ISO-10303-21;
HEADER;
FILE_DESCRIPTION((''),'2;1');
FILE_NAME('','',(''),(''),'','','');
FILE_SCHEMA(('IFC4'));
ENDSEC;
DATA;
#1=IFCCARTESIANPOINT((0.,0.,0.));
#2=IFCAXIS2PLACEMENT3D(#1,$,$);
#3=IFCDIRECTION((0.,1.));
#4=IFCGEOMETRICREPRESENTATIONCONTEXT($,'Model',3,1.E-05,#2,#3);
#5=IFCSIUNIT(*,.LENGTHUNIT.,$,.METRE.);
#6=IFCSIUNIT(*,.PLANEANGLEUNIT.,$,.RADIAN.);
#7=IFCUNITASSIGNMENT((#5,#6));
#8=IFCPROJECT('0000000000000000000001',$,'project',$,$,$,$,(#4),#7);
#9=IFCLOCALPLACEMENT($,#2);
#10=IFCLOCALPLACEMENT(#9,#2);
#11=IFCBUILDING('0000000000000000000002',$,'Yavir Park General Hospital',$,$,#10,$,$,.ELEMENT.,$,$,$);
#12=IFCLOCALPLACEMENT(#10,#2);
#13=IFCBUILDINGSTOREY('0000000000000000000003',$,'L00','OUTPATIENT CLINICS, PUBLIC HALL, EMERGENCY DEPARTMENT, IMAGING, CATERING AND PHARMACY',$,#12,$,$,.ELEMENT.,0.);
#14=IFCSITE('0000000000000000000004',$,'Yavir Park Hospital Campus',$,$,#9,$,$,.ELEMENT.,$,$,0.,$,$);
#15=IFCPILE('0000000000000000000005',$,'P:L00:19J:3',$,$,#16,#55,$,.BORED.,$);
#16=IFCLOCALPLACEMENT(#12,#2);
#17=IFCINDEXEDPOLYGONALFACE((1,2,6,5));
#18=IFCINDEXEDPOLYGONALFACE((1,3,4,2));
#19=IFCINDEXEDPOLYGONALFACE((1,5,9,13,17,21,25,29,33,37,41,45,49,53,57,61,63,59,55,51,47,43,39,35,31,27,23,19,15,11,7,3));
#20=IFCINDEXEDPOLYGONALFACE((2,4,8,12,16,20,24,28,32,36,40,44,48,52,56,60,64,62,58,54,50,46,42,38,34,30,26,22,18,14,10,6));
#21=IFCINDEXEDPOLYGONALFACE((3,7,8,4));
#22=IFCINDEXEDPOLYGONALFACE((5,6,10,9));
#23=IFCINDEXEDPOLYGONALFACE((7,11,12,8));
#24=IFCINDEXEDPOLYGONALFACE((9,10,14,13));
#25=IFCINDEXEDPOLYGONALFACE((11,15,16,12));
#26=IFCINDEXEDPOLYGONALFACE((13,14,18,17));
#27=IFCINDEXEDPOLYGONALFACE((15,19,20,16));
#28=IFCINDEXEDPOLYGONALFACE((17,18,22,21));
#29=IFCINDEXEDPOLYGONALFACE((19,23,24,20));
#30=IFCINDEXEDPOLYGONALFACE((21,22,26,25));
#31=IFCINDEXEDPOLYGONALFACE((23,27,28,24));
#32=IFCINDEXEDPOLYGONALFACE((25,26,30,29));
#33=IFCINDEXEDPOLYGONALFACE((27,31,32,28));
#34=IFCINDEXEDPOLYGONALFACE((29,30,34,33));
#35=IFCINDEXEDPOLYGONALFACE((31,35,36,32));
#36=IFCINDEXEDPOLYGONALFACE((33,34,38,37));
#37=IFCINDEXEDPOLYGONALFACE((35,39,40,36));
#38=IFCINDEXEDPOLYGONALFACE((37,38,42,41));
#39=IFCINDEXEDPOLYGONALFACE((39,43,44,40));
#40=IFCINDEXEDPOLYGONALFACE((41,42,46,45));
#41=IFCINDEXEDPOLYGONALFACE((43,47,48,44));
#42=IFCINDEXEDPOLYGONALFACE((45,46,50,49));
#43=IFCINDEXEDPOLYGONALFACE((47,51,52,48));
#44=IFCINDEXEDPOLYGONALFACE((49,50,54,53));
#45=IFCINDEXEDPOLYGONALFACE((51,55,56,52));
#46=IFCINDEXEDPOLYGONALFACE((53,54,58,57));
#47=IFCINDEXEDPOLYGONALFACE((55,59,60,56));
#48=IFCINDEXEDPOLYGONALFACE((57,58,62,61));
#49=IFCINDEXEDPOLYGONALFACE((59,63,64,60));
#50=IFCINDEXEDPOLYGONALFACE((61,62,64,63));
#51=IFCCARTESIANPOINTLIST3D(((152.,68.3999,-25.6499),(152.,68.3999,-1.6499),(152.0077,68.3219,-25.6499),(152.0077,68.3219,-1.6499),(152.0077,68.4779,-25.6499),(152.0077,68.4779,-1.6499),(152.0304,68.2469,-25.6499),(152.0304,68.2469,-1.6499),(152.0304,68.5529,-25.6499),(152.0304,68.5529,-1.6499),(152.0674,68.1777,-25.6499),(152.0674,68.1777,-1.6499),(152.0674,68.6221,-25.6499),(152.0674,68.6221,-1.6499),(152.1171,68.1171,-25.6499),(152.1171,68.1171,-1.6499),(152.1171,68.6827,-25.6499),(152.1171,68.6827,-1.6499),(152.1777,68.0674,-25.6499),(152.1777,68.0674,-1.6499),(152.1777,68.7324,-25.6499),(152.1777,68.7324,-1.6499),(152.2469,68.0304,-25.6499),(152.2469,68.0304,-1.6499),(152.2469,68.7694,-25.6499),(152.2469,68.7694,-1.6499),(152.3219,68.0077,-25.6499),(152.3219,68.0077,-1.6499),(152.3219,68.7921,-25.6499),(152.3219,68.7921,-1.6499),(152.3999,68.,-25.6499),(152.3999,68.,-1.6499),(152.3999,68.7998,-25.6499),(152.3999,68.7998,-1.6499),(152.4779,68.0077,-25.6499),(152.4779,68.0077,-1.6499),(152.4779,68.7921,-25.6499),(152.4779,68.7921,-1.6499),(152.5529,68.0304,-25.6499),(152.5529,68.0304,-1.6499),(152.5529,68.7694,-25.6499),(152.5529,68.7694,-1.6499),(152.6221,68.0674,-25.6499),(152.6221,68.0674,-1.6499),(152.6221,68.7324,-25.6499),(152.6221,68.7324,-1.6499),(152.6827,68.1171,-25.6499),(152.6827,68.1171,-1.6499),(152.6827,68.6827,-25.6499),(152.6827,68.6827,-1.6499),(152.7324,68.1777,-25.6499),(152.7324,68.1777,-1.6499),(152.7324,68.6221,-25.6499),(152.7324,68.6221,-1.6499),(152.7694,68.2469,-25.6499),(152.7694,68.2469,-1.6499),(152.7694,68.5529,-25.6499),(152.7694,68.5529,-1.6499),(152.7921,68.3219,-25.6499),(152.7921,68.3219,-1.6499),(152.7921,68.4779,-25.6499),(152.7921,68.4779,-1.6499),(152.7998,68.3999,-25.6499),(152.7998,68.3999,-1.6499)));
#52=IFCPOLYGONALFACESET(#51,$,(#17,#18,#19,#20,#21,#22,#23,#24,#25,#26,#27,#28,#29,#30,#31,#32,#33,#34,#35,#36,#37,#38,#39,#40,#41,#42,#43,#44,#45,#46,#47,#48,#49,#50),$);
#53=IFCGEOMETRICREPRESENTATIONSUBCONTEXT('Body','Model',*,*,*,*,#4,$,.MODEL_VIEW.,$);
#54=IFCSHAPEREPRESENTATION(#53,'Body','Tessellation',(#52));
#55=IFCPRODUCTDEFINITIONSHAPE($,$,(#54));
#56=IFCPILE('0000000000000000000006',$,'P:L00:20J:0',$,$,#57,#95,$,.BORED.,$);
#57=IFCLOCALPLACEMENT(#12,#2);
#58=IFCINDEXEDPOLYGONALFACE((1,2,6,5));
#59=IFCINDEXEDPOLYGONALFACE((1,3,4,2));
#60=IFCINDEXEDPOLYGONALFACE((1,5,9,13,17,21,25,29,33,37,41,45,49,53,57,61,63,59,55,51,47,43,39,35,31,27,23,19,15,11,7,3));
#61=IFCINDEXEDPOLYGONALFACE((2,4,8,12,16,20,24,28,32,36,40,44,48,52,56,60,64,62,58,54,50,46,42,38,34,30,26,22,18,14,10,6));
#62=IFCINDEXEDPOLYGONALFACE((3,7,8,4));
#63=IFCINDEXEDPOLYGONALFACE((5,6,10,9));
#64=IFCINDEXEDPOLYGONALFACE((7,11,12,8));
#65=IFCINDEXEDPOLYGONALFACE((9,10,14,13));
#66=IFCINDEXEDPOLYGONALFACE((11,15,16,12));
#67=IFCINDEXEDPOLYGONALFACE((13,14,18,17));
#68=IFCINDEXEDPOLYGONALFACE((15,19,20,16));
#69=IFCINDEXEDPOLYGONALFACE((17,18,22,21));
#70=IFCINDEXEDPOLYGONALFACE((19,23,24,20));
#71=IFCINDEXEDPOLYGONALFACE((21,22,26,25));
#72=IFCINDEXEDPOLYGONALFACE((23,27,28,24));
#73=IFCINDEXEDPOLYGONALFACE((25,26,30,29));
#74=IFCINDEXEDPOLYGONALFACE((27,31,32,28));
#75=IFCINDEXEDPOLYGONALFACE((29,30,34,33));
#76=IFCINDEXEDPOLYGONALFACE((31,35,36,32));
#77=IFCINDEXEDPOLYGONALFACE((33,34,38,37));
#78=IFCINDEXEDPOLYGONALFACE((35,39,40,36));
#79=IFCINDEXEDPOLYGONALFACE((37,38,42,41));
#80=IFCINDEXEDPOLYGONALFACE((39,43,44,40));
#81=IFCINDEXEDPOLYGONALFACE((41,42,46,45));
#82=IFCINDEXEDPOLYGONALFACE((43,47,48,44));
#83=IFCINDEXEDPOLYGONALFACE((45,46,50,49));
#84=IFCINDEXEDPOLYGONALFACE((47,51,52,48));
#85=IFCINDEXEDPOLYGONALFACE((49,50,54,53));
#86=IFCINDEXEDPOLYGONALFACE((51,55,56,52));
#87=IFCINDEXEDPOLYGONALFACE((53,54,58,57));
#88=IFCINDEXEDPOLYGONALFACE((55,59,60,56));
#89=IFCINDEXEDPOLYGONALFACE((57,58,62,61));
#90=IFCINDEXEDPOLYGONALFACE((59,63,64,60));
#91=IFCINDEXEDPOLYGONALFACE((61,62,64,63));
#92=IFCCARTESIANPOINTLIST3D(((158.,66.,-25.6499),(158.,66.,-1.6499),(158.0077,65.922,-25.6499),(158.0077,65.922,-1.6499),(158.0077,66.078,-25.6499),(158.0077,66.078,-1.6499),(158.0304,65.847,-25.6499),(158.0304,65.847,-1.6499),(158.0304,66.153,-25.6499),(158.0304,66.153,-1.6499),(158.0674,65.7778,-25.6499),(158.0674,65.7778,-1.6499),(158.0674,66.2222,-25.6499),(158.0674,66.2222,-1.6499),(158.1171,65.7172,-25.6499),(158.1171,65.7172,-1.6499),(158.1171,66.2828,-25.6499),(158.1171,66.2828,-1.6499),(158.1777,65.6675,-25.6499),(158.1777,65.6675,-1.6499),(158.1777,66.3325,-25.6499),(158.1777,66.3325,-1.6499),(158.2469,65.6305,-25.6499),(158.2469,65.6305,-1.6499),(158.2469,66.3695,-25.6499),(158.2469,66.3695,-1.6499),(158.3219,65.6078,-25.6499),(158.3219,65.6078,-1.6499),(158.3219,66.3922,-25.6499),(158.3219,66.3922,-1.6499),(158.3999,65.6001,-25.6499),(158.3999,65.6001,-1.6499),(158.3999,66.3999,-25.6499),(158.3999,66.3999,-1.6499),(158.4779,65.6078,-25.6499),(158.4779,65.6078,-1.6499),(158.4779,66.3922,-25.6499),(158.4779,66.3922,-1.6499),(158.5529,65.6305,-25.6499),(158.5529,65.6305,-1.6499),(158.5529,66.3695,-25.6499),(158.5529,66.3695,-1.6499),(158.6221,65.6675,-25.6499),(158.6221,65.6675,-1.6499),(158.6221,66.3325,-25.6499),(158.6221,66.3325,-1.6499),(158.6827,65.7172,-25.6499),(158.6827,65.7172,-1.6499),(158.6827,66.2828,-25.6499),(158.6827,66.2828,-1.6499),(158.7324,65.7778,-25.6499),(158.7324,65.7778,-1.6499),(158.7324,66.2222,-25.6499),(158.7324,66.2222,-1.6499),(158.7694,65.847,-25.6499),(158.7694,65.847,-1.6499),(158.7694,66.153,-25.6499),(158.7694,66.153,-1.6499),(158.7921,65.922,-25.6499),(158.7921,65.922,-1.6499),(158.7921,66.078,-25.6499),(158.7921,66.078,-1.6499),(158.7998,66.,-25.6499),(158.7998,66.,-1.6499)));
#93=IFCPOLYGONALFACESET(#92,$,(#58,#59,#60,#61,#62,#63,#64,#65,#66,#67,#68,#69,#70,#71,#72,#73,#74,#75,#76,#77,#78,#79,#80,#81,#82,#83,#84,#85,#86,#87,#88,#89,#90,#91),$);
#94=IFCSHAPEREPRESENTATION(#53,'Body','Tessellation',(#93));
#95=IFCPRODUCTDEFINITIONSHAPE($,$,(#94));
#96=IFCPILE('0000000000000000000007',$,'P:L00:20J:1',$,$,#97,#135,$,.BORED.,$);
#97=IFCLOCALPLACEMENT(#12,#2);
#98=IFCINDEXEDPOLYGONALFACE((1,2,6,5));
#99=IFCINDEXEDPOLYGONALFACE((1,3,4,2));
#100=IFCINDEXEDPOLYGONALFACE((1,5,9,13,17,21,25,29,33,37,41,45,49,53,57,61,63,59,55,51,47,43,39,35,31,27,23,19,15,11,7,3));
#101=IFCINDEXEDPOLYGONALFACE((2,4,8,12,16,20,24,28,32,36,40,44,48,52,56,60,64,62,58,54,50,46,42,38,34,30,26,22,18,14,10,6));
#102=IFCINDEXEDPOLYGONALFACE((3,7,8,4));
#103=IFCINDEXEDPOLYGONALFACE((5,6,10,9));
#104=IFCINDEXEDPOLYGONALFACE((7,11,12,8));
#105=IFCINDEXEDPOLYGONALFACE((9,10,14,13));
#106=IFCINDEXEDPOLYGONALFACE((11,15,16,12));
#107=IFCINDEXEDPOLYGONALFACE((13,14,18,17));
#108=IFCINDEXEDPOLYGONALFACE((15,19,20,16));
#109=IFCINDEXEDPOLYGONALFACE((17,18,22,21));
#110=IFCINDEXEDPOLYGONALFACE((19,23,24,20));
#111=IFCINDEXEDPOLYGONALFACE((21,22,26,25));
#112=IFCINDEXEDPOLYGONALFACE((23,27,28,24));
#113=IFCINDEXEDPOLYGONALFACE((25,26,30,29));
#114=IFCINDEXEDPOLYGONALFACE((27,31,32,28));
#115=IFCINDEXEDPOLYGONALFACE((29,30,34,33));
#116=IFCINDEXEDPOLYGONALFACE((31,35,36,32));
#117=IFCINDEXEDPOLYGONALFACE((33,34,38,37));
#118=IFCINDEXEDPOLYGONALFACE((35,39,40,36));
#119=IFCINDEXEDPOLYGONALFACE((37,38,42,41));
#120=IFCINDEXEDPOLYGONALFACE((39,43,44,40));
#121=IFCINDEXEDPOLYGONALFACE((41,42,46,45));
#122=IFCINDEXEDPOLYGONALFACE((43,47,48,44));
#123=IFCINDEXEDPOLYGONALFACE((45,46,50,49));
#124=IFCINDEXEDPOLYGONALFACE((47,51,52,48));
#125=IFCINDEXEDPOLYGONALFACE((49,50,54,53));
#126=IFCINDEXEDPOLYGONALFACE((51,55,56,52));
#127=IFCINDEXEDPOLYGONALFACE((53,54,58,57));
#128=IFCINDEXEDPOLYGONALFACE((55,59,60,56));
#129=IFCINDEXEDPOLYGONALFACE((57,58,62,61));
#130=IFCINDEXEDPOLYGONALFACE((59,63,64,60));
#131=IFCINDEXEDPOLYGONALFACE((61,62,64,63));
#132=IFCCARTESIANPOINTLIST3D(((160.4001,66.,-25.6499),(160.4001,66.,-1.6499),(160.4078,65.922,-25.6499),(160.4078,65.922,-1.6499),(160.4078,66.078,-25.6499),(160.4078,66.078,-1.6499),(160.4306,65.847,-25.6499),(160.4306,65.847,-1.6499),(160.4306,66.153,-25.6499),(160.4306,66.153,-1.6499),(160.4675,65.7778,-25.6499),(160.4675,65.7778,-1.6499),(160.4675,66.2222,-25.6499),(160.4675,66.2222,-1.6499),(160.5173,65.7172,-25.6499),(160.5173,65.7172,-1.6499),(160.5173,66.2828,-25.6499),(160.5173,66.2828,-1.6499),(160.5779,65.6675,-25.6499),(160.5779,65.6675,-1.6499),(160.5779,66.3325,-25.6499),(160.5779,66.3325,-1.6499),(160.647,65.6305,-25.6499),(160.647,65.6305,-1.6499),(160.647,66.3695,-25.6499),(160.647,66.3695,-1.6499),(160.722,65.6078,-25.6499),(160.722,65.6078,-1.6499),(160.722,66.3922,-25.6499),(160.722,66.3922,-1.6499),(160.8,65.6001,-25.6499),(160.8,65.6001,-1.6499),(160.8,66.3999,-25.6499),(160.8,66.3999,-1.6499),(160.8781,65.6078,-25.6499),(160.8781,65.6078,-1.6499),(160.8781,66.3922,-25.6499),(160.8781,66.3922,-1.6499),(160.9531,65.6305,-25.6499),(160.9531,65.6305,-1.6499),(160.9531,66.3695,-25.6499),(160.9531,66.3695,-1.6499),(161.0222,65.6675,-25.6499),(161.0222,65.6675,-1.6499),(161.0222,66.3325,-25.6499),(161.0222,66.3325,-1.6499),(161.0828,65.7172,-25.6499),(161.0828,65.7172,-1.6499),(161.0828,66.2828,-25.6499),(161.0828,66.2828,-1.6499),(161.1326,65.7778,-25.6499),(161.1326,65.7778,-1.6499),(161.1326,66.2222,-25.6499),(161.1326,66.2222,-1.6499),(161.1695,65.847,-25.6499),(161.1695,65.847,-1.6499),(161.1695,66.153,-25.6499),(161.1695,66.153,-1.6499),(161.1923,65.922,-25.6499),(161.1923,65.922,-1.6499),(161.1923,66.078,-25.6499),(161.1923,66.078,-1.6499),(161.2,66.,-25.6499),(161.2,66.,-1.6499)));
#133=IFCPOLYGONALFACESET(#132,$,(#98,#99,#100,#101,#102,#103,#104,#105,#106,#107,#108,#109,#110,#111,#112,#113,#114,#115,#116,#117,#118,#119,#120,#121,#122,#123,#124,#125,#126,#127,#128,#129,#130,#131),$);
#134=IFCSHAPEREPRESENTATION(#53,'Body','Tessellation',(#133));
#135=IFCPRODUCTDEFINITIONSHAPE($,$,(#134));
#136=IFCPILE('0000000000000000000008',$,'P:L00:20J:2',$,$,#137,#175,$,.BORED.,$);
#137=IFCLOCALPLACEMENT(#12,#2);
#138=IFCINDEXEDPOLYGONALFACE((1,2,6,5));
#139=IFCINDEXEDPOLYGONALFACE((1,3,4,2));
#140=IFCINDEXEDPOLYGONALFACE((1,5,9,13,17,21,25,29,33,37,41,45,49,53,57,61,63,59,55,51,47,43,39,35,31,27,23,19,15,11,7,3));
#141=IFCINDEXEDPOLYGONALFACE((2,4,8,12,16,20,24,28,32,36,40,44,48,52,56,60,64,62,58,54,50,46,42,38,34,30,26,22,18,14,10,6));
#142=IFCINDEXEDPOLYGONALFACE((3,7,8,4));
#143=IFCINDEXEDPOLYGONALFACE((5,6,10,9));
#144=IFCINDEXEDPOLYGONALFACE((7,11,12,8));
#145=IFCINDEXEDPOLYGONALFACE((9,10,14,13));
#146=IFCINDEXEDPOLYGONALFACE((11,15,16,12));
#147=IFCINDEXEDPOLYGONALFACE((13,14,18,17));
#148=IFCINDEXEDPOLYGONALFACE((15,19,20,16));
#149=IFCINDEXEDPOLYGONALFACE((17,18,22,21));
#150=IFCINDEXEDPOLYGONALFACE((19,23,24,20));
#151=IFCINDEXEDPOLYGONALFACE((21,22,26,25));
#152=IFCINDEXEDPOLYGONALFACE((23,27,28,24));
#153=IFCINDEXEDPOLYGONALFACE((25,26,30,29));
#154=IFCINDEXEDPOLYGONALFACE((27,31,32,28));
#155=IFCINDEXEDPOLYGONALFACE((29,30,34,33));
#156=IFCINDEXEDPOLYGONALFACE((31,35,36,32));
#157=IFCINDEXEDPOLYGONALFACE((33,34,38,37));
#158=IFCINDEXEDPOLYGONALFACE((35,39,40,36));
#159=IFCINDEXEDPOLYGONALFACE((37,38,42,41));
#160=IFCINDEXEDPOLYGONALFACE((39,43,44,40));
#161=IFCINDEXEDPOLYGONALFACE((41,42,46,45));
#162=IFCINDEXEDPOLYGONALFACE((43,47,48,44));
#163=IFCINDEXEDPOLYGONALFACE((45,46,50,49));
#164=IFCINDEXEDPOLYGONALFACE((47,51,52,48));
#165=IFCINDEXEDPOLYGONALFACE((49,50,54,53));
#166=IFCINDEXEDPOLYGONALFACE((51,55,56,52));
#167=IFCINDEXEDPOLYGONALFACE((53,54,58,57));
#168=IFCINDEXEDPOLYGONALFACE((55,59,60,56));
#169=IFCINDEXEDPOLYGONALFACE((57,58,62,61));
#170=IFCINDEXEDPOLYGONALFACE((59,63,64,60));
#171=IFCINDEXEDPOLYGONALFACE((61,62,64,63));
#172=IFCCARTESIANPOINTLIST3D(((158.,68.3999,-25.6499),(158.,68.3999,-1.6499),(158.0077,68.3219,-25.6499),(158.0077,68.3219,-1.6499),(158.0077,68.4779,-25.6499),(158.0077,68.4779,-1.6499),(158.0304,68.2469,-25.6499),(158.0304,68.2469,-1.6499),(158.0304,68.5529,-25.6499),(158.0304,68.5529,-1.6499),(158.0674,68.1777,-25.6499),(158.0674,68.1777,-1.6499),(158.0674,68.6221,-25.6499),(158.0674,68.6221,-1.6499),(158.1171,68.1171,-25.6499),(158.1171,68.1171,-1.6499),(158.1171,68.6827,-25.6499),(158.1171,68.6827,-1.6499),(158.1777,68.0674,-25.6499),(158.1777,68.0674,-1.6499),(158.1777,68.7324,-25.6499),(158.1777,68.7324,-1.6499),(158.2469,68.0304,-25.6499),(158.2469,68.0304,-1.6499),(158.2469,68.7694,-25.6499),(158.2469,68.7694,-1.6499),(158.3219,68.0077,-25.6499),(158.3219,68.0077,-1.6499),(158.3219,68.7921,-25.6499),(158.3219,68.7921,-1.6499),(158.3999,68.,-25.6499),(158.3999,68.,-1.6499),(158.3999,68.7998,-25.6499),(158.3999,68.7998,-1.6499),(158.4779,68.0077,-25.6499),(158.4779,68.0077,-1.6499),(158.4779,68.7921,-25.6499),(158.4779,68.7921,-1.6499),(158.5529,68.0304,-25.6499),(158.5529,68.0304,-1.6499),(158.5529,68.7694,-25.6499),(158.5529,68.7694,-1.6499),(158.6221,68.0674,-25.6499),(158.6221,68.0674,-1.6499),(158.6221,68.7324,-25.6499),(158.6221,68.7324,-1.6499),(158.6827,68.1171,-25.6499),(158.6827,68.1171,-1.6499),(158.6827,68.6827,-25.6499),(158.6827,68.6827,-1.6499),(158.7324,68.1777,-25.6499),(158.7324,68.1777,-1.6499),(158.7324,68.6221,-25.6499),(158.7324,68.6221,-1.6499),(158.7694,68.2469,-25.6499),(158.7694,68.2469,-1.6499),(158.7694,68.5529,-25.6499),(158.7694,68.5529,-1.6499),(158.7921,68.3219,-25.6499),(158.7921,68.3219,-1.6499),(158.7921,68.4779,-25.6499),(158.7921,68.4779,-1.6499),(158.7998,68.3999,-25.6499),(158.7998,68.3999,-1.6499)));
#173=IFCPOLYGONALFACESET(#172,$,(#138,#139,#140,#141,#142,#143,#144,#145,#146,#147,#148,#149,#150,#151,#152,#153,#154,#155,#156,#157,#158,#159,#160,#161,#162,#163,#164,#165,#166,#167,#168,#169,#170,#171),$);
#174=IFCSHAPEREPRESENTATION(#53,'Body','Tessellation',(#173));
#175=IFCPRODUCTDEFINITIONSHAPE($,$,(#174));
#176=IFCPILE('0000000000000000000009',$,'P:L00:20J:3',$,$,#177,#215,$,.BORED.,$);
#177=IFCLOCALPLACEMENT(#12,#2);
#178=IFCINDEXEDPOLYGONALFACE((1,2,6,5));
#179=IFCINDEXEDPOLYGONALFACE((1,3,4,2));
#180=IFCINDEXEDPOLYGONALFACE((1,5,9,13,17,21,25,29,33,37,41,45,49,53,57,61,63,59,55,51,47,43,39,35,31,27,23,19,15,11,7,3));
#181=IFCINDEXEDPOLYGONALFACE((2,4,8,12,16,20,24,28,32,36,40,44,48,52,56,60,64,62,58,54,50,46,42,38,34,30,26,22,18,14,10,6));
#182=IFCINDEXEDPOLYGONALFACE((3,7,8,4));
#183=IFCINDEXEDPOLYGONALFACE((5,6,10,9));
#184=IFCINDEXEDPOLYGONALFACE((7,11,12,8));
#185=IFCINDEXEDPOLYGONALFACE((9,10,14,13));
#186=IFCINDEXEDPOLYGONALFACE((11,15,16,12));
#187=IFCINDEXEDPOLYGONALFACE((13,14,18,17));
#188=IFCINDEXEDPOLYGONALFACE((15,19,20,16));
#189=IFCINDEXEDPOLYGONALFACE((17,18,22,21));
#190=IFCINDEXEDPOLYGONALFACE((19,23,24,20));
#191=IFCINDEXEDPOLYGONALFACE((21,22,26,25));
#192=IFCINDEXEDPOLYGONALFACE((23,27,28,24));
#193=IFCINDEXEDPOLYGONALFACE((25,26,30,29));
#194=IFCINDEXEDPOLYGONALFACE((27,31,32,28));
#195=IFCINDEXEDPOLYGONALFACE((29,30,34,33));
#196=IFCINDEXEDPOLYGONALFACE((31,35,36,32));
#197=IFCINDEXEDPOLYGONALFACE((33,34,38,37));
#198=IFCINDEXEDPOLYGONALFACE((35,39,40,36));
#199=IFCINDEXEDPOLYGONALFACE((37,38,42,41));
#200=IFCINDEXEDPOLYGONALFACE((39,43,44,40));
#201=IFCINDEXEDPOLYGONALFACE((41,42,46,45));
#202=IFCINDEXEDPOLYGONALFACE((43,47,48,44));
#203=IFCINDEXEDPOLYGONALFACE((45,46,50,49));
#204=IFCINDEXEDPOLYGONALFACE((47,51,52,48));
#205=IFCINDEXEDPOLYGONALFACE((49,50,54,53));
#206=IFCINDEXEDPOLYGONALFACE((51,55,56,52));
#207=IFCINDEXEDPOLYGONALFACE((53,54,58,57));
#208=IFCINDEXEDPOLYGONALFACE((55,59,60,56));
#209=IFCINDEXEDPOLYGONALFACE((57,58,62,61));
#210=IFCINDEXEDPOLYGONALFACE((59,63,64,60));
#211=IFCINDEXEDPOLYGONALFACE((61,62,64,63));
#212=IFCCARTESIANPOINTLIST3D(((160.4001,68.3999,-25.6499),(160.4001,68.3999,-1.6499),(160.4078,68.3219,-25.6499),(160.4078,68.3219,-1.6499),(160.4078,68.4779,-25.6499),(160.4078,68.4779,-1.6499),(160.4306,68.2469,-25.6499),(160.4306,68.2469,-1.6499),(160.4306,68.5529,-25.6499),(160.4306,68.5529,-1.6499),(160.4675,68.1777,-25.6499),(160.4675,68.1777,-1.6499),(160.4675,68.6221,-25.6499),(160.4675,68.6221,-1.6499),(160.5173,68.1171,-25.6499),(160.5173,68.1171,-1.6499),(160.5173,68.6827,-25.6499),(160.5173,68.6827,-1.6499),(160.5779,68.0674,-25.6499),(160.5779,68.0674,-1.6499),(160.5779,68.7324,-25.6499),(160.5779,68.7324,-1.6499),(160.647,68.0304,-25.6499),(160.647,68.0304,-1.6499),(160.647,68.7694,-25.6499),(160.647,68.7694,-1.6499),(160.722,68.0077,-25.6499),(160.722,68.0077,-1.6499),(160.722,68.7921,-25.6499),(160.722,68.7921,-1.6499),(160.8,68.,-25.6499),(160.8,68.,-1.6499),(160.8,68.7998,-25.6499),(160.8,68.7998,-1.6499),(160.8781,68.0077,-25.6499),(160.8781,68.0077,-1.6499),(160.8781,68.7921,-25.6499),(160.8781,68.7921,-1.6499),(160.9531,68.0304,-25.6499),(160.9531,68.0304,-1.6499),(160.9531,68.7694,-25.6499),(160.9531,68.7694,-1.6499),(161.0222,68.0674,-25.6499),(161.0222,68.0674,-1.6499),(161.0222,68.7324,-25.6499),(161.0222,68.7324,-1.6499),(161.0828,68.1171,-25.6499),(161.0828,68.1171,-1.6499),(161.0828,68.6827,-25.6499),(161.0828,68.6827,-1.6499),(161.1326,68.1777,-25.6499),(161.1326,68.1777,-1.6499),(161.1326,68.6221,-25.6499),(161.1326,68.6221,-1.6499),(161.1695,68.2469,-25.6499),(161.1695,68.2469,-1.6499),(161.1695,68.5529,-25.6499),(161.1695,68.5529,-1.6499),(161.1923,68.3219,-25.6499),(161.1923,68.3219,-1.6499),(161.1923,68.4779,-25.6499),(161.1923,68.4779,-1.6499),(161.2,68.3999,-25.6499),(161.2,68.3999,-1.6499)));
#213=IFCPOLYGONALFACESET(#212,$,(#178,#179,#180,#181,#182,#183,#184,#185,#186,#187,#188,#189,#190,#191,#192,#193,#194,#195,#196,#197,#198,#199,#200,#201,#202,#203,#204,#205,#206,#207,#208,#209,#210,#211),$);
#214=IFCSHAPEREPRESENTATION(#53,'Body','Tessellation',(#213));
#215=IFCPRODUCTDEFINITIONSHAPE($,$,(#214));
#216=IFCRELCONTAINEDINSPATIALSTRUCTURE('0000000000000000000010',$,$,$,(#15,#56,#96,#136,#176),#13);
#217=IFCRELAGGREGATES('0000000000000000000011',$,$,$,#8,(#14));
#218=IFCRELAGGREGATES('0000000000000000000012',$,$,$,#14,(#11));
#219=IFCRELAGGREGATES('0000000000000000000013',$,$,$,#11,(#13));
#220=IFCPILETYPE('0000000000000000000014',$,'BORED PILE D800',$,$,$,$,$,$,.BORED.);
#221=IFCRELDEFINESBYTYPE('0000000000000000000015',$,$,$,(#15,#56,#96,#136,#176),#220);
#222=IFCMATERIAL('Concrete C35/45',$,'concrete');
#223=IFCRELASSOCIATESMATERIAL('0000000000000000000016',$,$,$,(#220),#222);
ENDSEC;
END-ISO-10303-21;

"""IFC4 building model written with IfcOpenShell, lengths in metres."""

from ifc_helpers import new_model, si_unit, direction, frame, origin, origin_2d, place, context, subcontext, project, spatial, circle, extrude, material, material_profile, profile_set, type_object, element, save


model = new_model("IFC4")

# Units and contexts
model_context = context("Model", 3, precision=1e-05, world=origin(), true_north=direction((0.0, 1.0)))
body_context = subcontext(model_context, "Body", "Model", "MODEL_VIEW")
ifc_project = project(units=[si_unit("LENGTHUNIT", "METRE"), si_unit("PLANEANGLEUNIT", "RADIAN")], contexts=[model_context])

# Site, building, storey
site_placement = place(None, origin())
site = spatial("IfcSite", under=ifc_project, at=site_placement, Name="Yavir Park Hospital Campus", CompositionType="ELEMENT", RefElevation=0.0)
building_placement = place(site_placement, origin())
building = spatial("IfcBuilding", under=site, at=building_placement, Name="Yavir Park General Hospital", CompositionType="ELEMENT")
storey_placement = place(building_placement, origin())
storey = spatial("IfcBuildingStorey", under=building, at=storey_placement, Name="L00", Description="OUTPATIENT CLINICS, PUBLIC HALL, EMERGENCY DEPARTMENT, IMAGING, CATERING AND PHARMACY", CompositionType="ELEMENT", Elevation=0.0)

# Piles
ifc_material_1 = material(Name="Concrete C35/45", Category="concrete")
ifc_material_profile_1 = material_profile(ifc_material_1, circle(Radius=0.3999, at=origin_2d()), Name="D800")
ifc_profile_set_1 = profile_set([ifc_material_profile_1], Name="Concrete C35/45")
pile_type_1 = type_object("IfcPileType", Name="BORED PILE D800", PredefinedType="BORED", material=ifc_profile_set_1)
for number, where, z_axis, x_axis, name in (
    (1, (152.3999, 68.3999, -1.6499), (0.0, 0.0, -1.0), (1.0, 0.0, 0.0), "P:L00:19J:3"),
    (2, (158.3999, 66.0, -1.6499), (0.0, 0.0, -1.0), (1.0, 0.0, 0.0), "P:L00:20J:0"),
    (3, (160.8, 66.0, -1.6499), (0.0, 0.0, -1.0), (1.0, 0.0, 0.0), "P:L00:20J:1"),
    (4, (158.3999, 68.3999, -1.6499), (0.0, 0.0, -1.0), (1.0, 0.0, 0.0), "P:L00:20J:2"),
    (5, (160.8, 68.3999, -1.6499), (0.0, 0.0, -1.0), (1.0, 0.0, 0.0), "P:L00:20J:3"),
):
    element("IfcPile", number, at=place(storey_placement, frame(where, z_axis=z_axis, x_axis=x_axis)), inside=storey, type_object=pile_type_1, Name=name, PredefinedType="BORED", context=body_context, shape_type="SweptSolid", body=[
        extrude(circle(Radius=0.3999, at=origin_2d()), origin(), (0.0, 0.0, 1.0), 24.0),
    ])

save(model, "model.ifc")
